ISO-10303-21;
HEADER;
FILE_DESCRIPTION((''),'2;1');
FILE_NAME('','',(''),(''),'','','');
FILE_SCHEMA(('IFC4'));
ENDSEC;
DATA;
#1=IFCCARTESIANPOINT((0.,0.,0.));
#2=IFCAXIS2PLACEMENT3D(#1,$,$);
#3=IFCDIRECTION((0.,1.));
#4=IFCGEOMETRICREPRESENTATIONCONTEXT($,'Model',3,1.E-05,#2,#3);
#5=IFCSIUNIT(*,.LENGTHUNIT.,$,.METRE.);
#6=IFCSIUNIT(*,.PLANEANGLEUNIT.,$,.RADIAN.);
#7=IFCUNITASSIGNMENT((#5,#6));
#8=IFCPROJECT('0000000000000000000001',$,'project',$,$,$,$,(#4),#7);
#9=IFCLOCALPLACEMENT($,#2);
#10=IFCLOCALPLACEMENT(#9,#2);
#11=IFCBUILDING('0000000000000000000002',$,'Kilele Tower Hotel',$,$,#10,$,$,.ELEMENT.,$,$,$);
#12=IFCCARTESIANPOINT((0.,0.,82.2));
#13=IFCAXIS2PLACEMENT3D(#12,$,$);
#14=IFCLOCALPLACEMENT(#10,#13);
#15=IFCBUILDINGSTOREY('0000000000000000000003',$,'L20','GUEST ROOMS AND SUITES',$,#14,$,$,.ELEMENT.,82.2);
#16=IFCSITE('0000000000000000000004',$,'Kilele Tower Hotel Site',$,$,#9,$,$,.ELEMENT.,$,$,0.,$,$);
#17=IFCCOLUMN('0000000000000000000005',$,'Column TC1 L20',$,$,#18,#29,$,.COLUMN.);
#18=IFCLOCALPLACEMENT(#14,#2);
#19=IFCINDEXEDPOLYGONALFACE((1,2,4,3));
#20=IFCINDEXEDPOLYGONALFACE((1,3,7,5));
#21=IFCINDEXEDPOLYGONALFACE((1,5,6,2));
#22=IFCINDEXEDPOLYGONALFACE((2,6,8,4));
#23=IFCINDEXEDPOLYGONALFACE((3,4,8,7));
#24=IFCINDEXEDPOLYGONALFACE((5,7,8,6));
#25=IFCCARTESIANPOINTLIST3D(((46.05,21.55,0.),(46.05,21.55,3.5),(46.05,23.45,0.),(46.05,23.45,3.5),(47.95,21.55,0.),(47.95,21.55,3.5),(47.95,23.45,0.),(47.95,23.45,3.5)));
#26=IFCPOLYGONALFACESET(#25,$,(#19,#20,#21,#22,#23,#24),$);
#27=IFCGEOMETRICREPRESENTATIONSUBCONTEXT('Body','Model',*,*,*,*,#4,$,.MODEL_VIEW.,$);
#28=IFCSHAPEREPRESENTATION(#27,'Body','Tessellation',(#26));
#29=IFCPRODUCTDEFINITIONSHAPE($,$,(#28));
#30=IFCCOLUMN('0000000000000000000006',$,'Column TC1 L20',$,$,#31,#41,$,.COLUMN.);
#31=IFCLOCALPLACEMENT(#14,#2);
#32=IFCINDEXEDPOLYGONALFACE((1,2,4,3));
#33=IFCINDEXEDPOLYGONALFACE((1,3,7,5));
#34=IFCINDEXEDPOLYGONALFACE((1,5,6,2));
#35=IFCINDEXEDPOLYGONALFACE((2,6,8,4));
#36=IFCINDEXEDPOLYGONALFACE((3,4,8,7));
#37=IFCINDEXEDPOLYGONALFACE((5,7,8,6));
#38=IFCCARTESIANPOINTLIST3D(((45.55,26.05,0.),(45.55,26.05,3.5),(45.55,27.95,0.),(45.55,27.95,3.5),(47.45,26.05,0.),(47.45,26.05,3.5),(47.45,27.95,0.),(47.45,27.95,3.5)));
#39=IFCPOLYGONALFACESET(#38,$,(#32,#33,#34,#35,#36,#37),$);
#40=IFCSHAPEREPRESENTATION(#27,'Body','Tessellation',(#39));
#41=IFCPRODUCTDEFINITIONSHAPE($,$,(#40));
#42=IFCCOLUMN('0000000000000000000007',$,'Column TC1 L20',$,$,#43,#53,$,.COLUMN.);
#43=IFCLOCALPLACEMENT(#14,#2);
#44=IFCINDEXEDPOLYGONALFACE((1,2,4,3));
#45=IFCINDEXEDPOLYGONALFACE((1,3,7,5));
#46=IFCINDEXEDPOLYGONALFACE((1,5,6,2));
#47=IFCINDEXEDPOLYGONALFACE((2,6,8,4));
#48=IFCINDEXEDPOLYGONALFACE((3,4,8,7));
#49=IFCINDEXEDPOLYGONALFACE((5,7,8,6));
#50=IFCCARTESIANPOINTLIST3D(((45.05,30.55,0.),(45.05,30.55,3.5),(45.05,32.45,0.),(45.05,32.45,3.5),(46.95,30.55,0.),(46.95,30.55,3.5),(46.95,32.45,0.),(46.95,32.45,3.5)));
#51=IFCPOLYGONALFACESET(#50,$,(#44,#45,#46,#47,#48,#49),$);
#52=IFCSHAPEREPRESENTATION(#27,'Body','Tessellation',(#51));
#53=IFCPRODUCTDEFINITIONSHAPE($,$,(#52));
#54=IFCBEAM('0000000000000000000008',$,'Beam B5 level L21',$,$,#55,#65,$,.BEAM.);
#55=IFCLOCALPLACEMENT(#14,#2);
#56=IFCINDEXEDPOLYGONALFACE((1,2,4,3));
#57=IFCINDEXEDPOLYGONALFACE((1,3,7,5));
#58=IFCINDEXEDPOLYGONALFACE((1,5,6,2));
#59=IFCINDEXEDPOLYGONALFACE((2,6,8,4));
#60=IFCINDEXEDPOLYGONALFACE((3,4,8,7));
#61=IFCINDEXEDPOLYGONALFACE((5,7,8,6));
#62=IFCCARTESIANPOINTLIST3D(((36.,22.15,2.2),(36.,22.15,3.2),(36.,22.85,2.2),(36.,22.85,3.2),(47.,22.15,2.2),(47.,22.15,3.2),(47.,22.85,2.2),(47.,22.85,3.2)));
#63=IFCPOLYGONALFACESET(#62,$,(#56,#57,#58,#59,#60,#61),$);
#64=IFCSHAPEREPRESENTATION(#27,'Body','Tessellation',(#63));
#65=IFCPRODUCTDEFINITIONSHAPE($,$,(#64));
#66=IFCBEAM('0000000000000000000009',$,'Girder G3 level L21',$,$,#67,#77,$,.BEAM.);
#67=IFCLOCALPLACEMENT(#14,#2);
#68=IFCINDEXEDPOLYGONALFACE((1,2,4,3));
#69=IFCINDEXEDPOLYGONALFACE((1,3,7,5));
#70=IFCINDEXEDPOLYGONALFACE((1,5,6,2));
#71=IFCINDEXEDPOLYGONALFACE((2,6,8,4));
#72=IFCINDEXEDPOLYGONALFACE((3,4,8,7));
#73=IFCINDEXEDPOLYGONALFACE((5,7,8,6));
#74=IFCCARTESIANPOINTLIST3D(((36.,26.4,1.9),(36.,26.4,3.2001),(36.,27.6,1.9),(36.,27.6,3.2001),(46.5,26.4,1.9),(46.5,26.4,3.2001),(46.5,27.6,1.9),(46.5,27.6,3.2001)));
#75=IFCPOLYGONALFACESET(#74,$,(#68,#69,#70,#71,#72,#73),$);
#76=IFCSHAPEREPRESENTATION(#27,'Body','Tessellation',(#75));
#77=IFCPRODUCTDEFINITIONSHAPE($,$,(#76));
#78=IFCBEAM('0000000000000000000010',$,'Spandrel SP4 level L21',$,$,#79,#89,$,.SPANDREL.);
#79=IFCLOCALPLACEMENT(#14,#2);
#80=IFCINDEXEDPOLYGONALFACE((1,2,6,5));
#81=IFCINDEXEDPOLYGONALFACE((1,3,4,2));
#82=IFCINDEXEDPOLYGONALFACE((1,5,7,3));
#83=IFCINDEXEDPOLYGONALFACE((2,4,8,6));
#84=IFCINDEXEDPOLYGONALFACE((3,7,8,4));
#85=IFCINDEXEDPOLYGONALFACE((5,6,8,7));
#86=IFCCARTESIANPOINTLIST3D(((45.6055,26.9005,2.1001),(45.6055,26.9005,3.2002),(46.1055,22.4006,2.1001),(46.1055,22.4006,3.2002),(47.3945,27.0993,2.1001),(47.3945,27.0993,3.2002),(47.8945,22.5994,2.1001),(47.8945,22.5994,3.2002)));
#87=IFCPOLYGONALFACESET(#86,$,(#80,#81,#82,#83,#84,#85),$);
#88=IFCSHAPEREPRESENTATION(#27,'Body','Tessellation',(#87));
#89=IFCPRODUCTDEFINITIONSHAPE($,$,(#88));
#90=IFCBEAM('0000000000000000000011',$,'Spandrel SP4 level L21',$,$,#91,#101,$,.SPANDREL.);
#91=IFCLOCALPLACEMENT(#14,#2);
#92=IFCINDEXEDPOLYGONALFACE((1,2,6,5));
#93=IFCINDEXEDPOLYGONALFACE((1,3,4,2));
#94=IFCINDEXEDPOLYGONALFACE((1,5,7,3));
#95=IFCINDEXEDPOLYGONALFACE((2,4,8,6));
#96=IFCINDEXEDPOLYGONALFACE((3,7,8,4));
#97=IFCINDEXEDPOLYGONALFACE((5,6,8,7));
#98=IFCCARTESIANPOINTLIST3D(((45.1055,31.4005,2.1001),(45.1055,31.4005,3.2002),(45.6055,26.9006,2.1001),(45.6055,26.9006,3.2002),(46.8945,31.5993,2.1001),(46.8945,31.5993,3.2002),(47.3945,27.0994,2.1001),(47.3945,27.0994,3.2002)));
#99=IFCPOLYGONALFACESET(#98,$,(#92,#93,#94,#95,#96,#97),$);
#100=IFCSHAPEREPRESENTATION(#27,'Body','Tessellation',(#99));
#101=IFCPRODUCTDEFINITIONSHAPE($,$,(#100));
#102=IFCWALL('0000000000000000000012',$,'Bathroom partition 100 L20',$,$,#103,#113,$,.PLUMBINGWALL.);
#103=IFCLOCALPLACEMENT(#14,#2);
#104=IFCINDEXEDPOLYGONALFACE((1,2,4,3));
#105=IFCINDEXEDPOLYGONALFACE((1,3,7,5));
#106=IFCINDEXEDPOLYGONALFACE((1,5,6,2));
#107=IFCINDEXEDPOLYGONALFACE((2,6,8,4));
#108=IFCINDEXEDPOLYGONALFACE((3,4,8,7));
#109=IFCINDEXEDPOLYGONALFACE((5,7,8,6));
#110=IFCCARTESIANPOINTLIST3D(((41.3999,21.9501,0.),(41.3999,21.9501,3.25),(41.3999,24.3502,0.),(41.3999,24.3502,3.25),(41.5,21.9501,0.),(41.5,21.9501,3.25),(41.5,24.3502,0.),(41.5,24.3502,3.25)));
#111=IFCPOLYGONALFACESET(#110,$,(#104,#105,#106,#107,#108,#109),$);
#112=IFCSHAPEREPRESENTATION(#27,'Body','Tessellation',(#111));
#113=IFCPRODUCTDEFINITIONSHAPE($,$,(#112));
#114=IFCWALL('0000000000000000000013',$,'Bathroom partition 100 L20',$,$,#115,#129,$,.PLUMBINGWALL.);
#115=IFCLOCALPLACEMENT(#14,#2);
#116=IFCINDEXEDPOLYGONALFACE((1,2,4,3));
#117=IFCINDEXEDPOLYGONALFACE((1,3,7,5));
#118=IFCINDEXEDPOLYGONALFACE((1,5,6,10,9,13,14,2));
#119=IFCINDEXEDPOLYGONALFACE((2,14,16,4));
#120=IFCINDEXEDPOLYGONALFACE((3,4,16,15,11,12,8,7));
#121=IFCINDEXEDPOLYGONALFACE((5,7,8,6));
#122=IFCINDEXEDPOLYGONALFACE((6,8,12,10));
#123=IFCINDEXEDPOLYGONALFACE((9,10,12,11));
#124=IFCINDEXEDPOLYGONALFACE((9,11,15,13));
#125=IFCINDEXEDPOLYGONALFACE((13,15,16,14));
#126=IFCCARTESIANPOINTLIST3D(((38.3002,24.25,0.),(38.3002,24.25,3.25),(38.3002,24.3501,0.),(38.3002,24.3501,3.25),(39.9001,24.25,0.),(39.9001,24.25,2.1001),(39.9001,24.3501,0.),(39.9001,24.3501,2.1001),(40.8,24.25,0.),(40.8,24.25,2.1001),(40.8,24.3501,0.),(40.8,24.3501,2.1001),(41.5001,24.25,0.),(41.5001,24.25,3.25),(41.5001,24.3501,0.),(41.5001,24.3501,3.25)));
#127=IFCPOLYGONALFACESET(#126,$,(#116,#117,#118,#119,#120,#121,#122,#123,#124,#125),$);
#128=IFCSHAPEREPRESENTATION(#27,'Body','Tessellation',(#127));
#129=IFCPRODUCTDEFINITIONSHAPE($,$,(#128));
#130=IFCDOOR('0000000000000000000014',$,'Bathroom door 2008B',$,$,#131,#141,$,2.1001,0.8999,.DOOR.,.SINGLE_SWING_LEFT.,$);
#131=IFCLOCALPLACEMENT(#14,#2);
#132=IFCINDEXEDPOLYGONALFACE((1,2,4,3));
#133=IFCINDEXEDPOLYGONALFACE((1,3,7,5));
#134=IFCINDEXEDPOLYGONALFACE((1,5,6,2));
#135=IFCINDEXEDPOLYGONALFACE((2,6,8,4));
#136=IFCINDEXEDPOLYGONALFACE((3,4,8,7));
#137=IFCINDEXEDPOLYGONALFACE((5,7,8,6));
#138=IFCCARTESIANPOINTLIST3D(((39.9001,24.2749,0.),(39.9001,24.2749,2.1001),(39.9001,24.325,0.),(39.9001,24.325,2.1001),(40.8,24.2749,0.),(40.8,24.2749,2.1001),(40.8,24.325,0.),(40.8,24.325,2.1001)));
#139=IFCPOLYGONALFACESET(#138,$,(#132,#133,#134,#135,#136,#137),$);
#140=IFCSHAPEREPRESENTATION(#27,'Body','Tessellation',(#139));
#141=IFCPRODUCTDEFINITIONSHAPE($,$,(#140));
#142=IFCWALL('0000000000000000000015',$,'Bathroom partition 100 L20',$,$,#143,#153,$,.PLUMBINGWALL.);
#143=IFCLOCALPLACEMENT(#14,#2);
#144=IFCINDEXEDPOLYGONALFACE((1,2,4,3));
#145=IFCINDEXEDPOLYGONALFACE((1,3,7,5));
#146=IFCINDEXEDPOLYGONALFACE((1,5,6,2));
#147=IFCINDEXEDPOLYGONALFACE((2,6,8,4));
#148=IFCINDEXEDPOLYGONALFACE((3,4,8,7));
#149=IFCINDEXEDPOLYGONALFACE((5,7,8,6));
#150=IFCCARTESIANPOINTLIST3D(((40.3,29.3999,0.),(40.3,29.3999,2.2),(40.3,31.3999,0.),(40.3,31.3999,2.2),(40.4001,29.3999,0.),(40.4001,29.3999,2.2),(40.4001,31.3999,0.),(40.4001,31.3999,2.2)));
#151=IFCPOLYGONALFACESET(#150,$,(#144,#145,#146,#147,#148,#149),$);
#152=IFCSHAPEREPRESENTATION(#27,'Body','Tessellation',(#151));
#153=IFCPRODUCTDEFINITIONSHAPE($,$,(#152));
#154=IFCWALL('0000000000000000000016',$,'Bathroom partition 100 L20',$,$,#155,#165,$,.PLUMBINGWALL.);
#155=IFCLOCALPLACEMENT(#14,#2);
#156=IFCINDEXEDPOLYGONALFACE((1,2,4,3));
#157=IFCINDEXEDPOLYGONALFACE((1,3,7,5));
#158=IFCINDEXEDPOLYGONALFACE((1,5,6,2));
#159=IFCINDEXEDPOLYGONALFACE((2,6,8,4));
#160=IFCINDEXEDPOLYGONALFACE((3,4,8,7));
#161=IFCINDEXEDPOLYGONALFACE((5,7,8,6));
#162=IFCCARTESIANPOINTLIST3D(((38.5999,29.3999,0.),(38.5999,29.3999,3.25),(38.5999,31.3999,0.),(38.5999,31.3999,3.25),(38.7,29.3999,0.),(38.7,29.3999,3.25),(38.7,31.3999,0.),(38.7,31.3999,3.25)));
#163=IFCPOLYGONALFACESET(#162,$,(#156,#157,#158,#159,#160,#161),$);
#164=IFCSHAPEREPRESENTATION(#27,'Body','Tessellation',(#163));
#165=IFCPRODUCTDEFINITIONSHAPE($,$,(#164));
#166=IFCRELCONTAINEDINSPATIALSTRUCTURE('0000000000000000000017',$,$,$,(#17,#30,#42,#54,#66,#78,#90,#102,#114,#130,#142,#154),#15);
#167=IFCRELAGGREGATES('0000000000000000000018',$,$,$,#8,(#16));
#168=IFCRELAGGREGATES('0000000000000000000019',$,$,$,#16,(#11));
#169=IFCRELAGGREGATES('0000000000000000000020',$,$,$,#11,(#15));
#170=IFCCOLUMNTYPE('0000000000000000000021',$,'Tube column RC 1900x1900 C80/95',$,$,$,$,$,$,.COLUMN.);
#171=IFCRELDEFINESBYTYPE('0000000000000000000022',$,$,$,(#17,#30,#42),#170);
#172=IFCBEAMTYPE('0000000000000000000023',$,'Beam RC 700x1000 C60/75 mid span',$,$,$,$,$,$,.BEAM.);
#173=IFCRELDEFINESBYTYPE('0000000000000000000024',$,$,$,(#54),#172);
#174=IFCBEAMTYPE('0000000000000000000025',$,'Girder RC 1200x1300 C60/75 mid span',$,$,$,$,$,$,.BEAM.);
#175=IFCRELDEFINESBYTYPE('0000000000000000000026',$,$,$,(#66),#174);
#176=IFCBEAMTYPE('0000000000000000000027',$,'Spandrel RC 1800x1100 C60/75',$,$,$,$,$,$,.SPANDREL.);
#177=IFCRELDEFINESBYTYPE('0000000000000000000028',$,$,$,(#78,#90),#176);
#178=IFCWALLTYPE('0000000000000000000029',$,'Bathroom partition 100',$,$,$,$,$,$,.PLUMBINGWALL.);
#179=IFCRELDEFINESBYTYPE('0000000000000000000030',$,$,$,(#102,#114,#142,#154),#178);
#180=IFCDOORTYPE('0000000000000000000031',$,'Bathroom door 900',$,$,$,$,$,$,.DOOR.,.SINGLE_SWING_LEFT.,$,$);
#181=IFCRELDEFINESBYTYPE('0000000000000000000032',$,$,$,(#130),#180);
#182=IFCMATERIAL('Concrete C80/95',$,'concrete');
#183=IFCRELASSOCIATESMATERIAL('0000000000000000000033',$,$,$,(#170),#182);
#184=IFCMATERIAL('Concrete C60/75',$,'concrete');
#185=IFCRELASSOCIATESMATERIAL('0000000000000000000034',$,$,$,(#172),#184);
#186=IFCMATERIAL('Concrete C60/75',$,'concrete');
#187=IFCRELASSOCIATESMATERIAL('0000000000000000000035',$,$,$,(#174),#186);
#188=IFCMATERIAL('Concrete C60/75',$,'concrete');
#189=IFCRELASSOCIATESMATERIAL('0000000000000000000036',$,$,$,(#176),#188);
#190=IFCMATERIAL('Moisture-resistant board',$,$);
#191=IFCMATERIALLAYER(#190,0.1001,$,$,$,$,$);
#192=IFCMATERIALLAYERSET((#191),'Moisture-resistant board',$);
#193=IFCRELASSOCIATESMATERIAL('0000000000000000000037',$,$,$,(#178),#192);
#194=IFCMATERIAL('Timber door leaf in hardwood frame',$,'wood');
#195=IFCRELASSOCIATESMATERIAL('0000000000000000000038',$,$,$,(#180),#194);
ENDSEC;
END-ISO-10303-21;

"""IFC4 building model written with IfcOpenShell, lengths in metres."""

from ifc_helpers import new_model, si_unit, direction, frame, frame_2d, origin, origin_2d, place, context, subcontext, project, spatial, rectangle, extrude, material, layer, layer_set, material_profile, profile_set, type_object, element, fill, save


model = new_model("IFC4")

# Units and contexts
model_context = context("Model", 3, precision=1e-05, world=origin(), true_north=direction((0.0, 1.0)))
body_context = subcontext(model_context, "Body", "Model", "MODEL_VIEW")
ifc_project = project(units=[si_unit("LENGTHUNIT", "METRE"), si_unit("PLANEANGLEUNIT", "RADIAN")], contexts=[model_context])

# Site, building, storey
site_placement = place(None, origin())
site = spatial("IfcSite", under=ifc_project, at=site_placement, Name="Kilele Tower Hotel Site", CompositionType="ELEMENT", RefElevation=0.0)
building_placement = place(site_placement, origin())
building = spatial("IfcBuilding", under=site, at=building_placement, Name="Kilele Tower Hotel", CompositionType="ELEMENT")
storey_placement = place(building_placement, frame((0.0, 0.0, 82.2)))
storey = spatial("IfcBuildingStorey", under=building, at=storey_placement, Name="L20", Description="GUEST ROOMS AND SUITES", CompositionType="ELEMENT", Elevation=82.2)

# Columns
ifc_material_1 = material(Name="Concrete C80/95", Category="concrete")
ifc_material_profile_1 = material_profile(ifc_material_1, rectangle(XDim=1.8999, YDim=1.8999, at=origin_2d()))
ifc_profile_set_1 = profile_set([ifc_material_profile_1], Name="Concrete C80/95")
column_type = type_object("IfcColumnType", Name="Tube column RC 1900x1900 C80/95", PredefinedType="COLUMN", material=ifc_profile_set_1)
for number, where, z_axis, x_axis, name in (
    (1, (47.0, 22.5, 0.0), (0.0, 0.0, 1.0), (1.0, 0.0, 0.0), "Column TC1 L20"),
    (2, (46.5, 27.0, 0.0), (0.0, 0.0, 1.0), (1.0, 0.0, 0.0), "Column TC1 L20"),
    (3, (46.0, 31.5, 0.0), (0.0, 0.0, 1.0), (1.0, 0.0, 0.0), "Column TC1 L20"),
):
    element("IfcColumn", number, at=place(storey_placement, frame(where, z_axis=z_axis, x_axis=x_axis)), inside=storey, type_object=column_type, Name=name, PredefinedType="COLUMN", context=body_context, shape_type="SweptSolid", body=[
        extrude(rectangle(XDim=1.8999, YDim=1.8999, at=origin_2d()), origin(), (0.0, 0.0, 1.0), 3.5),
    ])

# Beams
ifc_material_2 = material(Name="Concrete C60/75", Category="concrete")
ifc_material_profile_2 = material_profile(ifc_material_2, rectangle(XDim=0.7, YDim=1.0, at=origin_2d()))
ifc_profile_set_2 = profile_set([ifc_material_profile_2], Name="Concrete C60/75")
beam_type_1 = type_object("IfcBeamType", Name="Beam RC 700x1000 C60/75 mid span", PredefinedType="BEAM", material=ifc_profile_set_2)
beam_1_placement = place(storey_placement, frame((47.0, 22.5, 2.7), z_axis=(-1.0, 0.0, 0.0), x_axis=(0.0, -1.0, 0.0)))
element("IfcBeam", 4, at=beam_1_placement, inside=storey, type_object=beam_type_1, Name="Beam B5 level L21", PredefinedType="BEAM", context=body_context, shape_type="SweptSolid", body=[
    extrude(rectangle(XDim=0.7, YDim=1.0, at=origin_2d()), origin(), (0.0, 0.0, 1.0), 11.0),
])
ifc_material_3 = material(Name="Concrete C60/75", Category="concrete")
ifc_material_profile_3 = material_profile(ifc_material_3, rectangle(XDim=1.2, YDim=1.3, at=origin_2d()))
ifc_profile_set_3 = profile_set([ifc_material_profile_3], Name="Concrete C60/75")
beam_type_2 = type_object("IfcBeamType", Name="Girder RC 1200x1300 C60/75 mid span", PredefinedType="BEAM", material=ifc_profile_set_3)
beam_2_placement = place(storey_placement, frame((46.5, 27.0, 2.55), z_axis=(-1.0, 0.0, 0.0), x_axis=(0.0, -1.0, 0.0)))
element("IfcBeam", 5, at=beam_2_placement, inside=storey, type_object=beam_type_2, Name="Girder G3 level L21", PredefinedType="BEAM", context=body_context, shape_type="SweptSolid", body=[
    extrude(rectangle(XDim=1.2, YDim=1.3, at=origin_2d()), origin(), (0.0, 0.0, 1.0), 10.5),
])
ifc_material_4 = material(Name="Concrete C60/75", Category="concrete")
ifc_material_profile_4 = material_profile(ifc_material_4, rectangle(XDim=1.8, YDim=1.1001, at=origin_2d()))
ifc_profile_set_4 = profile_set([ifc_material_profile_4], Name="Concrete C60/75")
beam_type_3 = type_object("IfcBeamType", Name="Spandrel RC 1800x1100 C60/75", PredefinedType="SPANDREL", material=ifc_profile_set_4)
for number, where, z_axis, x_axis, name in (
    (6, (47.0, 22.5, 2.6501), (-0.110432, 0.993884, 0.0), (-0.993884, -0.110432, 0.0), "Spandrel SP4 level L21"),
    (7, (46.5, 27.0, 2.6501), (-0.110432, 0.993884, 0.0), (-0.993884, -0.110432, 0.0), "Spandrel SP4 level L21"),
):
    element("IfcBeam", number, at=place(storey_placement, frame(where, z_axis=z_axis, x_axis=x_axis)), inside=storey, type_object=beam_type_3, Name=name, PredefinedType="SPANDREL", context=body_context, shape_type="SweptSolid", body=[
        extrude(rectangle(XDim=1.8, YDim=1.1001, at=origin_2d()), origin(), (0.0, 0.0, 1.0), 4.5276),
    ])

# Wall
ifc_material_5 = material(Name="Moisture-resistant board")
ifc_layer_1 = layer(ifc_material_5, 0.1001)
ifc_layer_set_1 = layer_set([ifc_layer_1], Name="Moisture-resistant board")
wall_type_1 = type_object("IfcWallType", Name="Bathroom partition 100", PredefinedType="PLUMBINGWALL", material=ifc_layer_set_1)
wall_1_placement = place(storey_placement, frame((41.45, 21.95, 0.0), z_axis=(0.0, 0.0, 1.0), x_axis=(0.0, 1.0, 0.0)))
element("IfcWall", 8, at=wall_1_placement, inside=storey, type_object=wall_type_1, Name="Bathroom partition 100 L20", PredefinedType="PLUMBINGWALL", context=body_context, shape_type="SweptSolid", body=[
    extrude(rectangle(XDim=2.4001, YDim=0.1001, at=frame_2d((1.2002, 0.0))), origin(), (0.0, 0.0, 1.0), 3.25),
])

# Wall, opening, door
wall_2_placement = place(storey_placement, frame((38.3, 24.3, 0.0), z_axis=(0.0, 0.0, 1.0), x_axis=(1.0, 0.0, 0.0)))
wall_2 = element("IfcWall", 9, at=wall_2_placement, inside=storey, type_object=wall_type_1, Name="Bathroom partition 100 L20", PredefinedType="PLUMBINGWALL", context=body_context, shape_type="SweptSolid", body=[
    extrude(rectangle(XDim=3.2, YDim=0.1001, at=frame_2d((1.6001, 0.0))), origin(), (0.0, 0.0, 1.0), 3.25),
])
opening_1_placement = place(wall_2_placement, frame((1.6001, 0.0, 0.0)))
opening_1 = element("IfcOpeningElement", 10, at=opening_1_placement, cuts=wall_2, PredefinedType="OPENING", context=body_context, shape_type="SweptSolid", body=[
    extrude(rectangle(XDim=0.8999, YDim=2.1001, at=frame_2d((0.45, 1.05))), frame((0.0, 0.0601, 0.0), z_axis=(0.0, -1.0, 0.0), x_axis=(1.0, 0.0, 0.0)), (0.0, 0.0, 1.0), 0.1201),
])
ifc_material_6 = material(Name="Timber door leaf in hardwood frame", Category="wood")
door_type_1 = type_object("IfcDoorType", Name="Bathroom door 900", OperationType="SINGLE_SWING_LEFT", PredefinedType="DOOR", material=ifc_material_6)
door_1_placement = place(opening_1_placement, origin())
door_1 = element("IfcDoor", 11, at=door_1_placement, inside=storey, type_object=door_type_1, Name="Bathroom door 2008B", OperationType="SINGLE_SWING_LEFT", OverallHeight=2.1001, OverallWidth=0.8999, PredefinedType="DOOR", context=body_context, shape_type="SweptSolid", body=[
    extrude(rectangle(XDim=0.8999, YDim=2.1001, at=frame_2d((0.45, 1.05))), frame((0.0, 0.0249, 0.0), z_axis=(0.0, -1.0, 0.0), x_axis=(1.0, 0.0, 0.0)), (0.0, 0.0, 1.0), 0.05),
])
fill(opening_1, door_1)

# Walls
wall_3_placement = place(storey_placement, frame((40.3501, 31.3999, 0.0), z_axis=(0.0, 0.0, 1.0), x_axis=(0.0, -1.0, 0.0)))
element("IfcWall", 12, at=wall_3_placement, inside=storey, type_object=wall_type_1, Name="Bathroom partition 100 L20", PredefinedType="PLUMBINGWALL", context=body_context, shape_type="SweptSolid", body=[
    extrude(rectangle(XDim=2.0, YDim=0.1001, at=frame_2d((1.0, 0.0))), origin(), (0.0, 0.0, 1.0), 2.2),
])
wall_4_placement = place(storey_placement, frame((38.6499, 31.3999, 0.0), z_axis=(0.0, 0.0, 1.0), x_axis=(0.0, -1.0, 0.0)))
element("IfcWall", 13, at=wall_4_placement, inside=storey, type_object=wall_type_1, Name="Bathroom partition 100 L20", PredefinedType="PLUMBINGWALL", context=body_context, shape_type="SweptSolid", body=[
    extrude(rectangle(XDim=2.0, YDim=0.1001, at=frame_2d((1.0, 0.0))), origin(), (0.0, 0.0, 1.0), 3.25),
])

save(model, "model.ifc")
